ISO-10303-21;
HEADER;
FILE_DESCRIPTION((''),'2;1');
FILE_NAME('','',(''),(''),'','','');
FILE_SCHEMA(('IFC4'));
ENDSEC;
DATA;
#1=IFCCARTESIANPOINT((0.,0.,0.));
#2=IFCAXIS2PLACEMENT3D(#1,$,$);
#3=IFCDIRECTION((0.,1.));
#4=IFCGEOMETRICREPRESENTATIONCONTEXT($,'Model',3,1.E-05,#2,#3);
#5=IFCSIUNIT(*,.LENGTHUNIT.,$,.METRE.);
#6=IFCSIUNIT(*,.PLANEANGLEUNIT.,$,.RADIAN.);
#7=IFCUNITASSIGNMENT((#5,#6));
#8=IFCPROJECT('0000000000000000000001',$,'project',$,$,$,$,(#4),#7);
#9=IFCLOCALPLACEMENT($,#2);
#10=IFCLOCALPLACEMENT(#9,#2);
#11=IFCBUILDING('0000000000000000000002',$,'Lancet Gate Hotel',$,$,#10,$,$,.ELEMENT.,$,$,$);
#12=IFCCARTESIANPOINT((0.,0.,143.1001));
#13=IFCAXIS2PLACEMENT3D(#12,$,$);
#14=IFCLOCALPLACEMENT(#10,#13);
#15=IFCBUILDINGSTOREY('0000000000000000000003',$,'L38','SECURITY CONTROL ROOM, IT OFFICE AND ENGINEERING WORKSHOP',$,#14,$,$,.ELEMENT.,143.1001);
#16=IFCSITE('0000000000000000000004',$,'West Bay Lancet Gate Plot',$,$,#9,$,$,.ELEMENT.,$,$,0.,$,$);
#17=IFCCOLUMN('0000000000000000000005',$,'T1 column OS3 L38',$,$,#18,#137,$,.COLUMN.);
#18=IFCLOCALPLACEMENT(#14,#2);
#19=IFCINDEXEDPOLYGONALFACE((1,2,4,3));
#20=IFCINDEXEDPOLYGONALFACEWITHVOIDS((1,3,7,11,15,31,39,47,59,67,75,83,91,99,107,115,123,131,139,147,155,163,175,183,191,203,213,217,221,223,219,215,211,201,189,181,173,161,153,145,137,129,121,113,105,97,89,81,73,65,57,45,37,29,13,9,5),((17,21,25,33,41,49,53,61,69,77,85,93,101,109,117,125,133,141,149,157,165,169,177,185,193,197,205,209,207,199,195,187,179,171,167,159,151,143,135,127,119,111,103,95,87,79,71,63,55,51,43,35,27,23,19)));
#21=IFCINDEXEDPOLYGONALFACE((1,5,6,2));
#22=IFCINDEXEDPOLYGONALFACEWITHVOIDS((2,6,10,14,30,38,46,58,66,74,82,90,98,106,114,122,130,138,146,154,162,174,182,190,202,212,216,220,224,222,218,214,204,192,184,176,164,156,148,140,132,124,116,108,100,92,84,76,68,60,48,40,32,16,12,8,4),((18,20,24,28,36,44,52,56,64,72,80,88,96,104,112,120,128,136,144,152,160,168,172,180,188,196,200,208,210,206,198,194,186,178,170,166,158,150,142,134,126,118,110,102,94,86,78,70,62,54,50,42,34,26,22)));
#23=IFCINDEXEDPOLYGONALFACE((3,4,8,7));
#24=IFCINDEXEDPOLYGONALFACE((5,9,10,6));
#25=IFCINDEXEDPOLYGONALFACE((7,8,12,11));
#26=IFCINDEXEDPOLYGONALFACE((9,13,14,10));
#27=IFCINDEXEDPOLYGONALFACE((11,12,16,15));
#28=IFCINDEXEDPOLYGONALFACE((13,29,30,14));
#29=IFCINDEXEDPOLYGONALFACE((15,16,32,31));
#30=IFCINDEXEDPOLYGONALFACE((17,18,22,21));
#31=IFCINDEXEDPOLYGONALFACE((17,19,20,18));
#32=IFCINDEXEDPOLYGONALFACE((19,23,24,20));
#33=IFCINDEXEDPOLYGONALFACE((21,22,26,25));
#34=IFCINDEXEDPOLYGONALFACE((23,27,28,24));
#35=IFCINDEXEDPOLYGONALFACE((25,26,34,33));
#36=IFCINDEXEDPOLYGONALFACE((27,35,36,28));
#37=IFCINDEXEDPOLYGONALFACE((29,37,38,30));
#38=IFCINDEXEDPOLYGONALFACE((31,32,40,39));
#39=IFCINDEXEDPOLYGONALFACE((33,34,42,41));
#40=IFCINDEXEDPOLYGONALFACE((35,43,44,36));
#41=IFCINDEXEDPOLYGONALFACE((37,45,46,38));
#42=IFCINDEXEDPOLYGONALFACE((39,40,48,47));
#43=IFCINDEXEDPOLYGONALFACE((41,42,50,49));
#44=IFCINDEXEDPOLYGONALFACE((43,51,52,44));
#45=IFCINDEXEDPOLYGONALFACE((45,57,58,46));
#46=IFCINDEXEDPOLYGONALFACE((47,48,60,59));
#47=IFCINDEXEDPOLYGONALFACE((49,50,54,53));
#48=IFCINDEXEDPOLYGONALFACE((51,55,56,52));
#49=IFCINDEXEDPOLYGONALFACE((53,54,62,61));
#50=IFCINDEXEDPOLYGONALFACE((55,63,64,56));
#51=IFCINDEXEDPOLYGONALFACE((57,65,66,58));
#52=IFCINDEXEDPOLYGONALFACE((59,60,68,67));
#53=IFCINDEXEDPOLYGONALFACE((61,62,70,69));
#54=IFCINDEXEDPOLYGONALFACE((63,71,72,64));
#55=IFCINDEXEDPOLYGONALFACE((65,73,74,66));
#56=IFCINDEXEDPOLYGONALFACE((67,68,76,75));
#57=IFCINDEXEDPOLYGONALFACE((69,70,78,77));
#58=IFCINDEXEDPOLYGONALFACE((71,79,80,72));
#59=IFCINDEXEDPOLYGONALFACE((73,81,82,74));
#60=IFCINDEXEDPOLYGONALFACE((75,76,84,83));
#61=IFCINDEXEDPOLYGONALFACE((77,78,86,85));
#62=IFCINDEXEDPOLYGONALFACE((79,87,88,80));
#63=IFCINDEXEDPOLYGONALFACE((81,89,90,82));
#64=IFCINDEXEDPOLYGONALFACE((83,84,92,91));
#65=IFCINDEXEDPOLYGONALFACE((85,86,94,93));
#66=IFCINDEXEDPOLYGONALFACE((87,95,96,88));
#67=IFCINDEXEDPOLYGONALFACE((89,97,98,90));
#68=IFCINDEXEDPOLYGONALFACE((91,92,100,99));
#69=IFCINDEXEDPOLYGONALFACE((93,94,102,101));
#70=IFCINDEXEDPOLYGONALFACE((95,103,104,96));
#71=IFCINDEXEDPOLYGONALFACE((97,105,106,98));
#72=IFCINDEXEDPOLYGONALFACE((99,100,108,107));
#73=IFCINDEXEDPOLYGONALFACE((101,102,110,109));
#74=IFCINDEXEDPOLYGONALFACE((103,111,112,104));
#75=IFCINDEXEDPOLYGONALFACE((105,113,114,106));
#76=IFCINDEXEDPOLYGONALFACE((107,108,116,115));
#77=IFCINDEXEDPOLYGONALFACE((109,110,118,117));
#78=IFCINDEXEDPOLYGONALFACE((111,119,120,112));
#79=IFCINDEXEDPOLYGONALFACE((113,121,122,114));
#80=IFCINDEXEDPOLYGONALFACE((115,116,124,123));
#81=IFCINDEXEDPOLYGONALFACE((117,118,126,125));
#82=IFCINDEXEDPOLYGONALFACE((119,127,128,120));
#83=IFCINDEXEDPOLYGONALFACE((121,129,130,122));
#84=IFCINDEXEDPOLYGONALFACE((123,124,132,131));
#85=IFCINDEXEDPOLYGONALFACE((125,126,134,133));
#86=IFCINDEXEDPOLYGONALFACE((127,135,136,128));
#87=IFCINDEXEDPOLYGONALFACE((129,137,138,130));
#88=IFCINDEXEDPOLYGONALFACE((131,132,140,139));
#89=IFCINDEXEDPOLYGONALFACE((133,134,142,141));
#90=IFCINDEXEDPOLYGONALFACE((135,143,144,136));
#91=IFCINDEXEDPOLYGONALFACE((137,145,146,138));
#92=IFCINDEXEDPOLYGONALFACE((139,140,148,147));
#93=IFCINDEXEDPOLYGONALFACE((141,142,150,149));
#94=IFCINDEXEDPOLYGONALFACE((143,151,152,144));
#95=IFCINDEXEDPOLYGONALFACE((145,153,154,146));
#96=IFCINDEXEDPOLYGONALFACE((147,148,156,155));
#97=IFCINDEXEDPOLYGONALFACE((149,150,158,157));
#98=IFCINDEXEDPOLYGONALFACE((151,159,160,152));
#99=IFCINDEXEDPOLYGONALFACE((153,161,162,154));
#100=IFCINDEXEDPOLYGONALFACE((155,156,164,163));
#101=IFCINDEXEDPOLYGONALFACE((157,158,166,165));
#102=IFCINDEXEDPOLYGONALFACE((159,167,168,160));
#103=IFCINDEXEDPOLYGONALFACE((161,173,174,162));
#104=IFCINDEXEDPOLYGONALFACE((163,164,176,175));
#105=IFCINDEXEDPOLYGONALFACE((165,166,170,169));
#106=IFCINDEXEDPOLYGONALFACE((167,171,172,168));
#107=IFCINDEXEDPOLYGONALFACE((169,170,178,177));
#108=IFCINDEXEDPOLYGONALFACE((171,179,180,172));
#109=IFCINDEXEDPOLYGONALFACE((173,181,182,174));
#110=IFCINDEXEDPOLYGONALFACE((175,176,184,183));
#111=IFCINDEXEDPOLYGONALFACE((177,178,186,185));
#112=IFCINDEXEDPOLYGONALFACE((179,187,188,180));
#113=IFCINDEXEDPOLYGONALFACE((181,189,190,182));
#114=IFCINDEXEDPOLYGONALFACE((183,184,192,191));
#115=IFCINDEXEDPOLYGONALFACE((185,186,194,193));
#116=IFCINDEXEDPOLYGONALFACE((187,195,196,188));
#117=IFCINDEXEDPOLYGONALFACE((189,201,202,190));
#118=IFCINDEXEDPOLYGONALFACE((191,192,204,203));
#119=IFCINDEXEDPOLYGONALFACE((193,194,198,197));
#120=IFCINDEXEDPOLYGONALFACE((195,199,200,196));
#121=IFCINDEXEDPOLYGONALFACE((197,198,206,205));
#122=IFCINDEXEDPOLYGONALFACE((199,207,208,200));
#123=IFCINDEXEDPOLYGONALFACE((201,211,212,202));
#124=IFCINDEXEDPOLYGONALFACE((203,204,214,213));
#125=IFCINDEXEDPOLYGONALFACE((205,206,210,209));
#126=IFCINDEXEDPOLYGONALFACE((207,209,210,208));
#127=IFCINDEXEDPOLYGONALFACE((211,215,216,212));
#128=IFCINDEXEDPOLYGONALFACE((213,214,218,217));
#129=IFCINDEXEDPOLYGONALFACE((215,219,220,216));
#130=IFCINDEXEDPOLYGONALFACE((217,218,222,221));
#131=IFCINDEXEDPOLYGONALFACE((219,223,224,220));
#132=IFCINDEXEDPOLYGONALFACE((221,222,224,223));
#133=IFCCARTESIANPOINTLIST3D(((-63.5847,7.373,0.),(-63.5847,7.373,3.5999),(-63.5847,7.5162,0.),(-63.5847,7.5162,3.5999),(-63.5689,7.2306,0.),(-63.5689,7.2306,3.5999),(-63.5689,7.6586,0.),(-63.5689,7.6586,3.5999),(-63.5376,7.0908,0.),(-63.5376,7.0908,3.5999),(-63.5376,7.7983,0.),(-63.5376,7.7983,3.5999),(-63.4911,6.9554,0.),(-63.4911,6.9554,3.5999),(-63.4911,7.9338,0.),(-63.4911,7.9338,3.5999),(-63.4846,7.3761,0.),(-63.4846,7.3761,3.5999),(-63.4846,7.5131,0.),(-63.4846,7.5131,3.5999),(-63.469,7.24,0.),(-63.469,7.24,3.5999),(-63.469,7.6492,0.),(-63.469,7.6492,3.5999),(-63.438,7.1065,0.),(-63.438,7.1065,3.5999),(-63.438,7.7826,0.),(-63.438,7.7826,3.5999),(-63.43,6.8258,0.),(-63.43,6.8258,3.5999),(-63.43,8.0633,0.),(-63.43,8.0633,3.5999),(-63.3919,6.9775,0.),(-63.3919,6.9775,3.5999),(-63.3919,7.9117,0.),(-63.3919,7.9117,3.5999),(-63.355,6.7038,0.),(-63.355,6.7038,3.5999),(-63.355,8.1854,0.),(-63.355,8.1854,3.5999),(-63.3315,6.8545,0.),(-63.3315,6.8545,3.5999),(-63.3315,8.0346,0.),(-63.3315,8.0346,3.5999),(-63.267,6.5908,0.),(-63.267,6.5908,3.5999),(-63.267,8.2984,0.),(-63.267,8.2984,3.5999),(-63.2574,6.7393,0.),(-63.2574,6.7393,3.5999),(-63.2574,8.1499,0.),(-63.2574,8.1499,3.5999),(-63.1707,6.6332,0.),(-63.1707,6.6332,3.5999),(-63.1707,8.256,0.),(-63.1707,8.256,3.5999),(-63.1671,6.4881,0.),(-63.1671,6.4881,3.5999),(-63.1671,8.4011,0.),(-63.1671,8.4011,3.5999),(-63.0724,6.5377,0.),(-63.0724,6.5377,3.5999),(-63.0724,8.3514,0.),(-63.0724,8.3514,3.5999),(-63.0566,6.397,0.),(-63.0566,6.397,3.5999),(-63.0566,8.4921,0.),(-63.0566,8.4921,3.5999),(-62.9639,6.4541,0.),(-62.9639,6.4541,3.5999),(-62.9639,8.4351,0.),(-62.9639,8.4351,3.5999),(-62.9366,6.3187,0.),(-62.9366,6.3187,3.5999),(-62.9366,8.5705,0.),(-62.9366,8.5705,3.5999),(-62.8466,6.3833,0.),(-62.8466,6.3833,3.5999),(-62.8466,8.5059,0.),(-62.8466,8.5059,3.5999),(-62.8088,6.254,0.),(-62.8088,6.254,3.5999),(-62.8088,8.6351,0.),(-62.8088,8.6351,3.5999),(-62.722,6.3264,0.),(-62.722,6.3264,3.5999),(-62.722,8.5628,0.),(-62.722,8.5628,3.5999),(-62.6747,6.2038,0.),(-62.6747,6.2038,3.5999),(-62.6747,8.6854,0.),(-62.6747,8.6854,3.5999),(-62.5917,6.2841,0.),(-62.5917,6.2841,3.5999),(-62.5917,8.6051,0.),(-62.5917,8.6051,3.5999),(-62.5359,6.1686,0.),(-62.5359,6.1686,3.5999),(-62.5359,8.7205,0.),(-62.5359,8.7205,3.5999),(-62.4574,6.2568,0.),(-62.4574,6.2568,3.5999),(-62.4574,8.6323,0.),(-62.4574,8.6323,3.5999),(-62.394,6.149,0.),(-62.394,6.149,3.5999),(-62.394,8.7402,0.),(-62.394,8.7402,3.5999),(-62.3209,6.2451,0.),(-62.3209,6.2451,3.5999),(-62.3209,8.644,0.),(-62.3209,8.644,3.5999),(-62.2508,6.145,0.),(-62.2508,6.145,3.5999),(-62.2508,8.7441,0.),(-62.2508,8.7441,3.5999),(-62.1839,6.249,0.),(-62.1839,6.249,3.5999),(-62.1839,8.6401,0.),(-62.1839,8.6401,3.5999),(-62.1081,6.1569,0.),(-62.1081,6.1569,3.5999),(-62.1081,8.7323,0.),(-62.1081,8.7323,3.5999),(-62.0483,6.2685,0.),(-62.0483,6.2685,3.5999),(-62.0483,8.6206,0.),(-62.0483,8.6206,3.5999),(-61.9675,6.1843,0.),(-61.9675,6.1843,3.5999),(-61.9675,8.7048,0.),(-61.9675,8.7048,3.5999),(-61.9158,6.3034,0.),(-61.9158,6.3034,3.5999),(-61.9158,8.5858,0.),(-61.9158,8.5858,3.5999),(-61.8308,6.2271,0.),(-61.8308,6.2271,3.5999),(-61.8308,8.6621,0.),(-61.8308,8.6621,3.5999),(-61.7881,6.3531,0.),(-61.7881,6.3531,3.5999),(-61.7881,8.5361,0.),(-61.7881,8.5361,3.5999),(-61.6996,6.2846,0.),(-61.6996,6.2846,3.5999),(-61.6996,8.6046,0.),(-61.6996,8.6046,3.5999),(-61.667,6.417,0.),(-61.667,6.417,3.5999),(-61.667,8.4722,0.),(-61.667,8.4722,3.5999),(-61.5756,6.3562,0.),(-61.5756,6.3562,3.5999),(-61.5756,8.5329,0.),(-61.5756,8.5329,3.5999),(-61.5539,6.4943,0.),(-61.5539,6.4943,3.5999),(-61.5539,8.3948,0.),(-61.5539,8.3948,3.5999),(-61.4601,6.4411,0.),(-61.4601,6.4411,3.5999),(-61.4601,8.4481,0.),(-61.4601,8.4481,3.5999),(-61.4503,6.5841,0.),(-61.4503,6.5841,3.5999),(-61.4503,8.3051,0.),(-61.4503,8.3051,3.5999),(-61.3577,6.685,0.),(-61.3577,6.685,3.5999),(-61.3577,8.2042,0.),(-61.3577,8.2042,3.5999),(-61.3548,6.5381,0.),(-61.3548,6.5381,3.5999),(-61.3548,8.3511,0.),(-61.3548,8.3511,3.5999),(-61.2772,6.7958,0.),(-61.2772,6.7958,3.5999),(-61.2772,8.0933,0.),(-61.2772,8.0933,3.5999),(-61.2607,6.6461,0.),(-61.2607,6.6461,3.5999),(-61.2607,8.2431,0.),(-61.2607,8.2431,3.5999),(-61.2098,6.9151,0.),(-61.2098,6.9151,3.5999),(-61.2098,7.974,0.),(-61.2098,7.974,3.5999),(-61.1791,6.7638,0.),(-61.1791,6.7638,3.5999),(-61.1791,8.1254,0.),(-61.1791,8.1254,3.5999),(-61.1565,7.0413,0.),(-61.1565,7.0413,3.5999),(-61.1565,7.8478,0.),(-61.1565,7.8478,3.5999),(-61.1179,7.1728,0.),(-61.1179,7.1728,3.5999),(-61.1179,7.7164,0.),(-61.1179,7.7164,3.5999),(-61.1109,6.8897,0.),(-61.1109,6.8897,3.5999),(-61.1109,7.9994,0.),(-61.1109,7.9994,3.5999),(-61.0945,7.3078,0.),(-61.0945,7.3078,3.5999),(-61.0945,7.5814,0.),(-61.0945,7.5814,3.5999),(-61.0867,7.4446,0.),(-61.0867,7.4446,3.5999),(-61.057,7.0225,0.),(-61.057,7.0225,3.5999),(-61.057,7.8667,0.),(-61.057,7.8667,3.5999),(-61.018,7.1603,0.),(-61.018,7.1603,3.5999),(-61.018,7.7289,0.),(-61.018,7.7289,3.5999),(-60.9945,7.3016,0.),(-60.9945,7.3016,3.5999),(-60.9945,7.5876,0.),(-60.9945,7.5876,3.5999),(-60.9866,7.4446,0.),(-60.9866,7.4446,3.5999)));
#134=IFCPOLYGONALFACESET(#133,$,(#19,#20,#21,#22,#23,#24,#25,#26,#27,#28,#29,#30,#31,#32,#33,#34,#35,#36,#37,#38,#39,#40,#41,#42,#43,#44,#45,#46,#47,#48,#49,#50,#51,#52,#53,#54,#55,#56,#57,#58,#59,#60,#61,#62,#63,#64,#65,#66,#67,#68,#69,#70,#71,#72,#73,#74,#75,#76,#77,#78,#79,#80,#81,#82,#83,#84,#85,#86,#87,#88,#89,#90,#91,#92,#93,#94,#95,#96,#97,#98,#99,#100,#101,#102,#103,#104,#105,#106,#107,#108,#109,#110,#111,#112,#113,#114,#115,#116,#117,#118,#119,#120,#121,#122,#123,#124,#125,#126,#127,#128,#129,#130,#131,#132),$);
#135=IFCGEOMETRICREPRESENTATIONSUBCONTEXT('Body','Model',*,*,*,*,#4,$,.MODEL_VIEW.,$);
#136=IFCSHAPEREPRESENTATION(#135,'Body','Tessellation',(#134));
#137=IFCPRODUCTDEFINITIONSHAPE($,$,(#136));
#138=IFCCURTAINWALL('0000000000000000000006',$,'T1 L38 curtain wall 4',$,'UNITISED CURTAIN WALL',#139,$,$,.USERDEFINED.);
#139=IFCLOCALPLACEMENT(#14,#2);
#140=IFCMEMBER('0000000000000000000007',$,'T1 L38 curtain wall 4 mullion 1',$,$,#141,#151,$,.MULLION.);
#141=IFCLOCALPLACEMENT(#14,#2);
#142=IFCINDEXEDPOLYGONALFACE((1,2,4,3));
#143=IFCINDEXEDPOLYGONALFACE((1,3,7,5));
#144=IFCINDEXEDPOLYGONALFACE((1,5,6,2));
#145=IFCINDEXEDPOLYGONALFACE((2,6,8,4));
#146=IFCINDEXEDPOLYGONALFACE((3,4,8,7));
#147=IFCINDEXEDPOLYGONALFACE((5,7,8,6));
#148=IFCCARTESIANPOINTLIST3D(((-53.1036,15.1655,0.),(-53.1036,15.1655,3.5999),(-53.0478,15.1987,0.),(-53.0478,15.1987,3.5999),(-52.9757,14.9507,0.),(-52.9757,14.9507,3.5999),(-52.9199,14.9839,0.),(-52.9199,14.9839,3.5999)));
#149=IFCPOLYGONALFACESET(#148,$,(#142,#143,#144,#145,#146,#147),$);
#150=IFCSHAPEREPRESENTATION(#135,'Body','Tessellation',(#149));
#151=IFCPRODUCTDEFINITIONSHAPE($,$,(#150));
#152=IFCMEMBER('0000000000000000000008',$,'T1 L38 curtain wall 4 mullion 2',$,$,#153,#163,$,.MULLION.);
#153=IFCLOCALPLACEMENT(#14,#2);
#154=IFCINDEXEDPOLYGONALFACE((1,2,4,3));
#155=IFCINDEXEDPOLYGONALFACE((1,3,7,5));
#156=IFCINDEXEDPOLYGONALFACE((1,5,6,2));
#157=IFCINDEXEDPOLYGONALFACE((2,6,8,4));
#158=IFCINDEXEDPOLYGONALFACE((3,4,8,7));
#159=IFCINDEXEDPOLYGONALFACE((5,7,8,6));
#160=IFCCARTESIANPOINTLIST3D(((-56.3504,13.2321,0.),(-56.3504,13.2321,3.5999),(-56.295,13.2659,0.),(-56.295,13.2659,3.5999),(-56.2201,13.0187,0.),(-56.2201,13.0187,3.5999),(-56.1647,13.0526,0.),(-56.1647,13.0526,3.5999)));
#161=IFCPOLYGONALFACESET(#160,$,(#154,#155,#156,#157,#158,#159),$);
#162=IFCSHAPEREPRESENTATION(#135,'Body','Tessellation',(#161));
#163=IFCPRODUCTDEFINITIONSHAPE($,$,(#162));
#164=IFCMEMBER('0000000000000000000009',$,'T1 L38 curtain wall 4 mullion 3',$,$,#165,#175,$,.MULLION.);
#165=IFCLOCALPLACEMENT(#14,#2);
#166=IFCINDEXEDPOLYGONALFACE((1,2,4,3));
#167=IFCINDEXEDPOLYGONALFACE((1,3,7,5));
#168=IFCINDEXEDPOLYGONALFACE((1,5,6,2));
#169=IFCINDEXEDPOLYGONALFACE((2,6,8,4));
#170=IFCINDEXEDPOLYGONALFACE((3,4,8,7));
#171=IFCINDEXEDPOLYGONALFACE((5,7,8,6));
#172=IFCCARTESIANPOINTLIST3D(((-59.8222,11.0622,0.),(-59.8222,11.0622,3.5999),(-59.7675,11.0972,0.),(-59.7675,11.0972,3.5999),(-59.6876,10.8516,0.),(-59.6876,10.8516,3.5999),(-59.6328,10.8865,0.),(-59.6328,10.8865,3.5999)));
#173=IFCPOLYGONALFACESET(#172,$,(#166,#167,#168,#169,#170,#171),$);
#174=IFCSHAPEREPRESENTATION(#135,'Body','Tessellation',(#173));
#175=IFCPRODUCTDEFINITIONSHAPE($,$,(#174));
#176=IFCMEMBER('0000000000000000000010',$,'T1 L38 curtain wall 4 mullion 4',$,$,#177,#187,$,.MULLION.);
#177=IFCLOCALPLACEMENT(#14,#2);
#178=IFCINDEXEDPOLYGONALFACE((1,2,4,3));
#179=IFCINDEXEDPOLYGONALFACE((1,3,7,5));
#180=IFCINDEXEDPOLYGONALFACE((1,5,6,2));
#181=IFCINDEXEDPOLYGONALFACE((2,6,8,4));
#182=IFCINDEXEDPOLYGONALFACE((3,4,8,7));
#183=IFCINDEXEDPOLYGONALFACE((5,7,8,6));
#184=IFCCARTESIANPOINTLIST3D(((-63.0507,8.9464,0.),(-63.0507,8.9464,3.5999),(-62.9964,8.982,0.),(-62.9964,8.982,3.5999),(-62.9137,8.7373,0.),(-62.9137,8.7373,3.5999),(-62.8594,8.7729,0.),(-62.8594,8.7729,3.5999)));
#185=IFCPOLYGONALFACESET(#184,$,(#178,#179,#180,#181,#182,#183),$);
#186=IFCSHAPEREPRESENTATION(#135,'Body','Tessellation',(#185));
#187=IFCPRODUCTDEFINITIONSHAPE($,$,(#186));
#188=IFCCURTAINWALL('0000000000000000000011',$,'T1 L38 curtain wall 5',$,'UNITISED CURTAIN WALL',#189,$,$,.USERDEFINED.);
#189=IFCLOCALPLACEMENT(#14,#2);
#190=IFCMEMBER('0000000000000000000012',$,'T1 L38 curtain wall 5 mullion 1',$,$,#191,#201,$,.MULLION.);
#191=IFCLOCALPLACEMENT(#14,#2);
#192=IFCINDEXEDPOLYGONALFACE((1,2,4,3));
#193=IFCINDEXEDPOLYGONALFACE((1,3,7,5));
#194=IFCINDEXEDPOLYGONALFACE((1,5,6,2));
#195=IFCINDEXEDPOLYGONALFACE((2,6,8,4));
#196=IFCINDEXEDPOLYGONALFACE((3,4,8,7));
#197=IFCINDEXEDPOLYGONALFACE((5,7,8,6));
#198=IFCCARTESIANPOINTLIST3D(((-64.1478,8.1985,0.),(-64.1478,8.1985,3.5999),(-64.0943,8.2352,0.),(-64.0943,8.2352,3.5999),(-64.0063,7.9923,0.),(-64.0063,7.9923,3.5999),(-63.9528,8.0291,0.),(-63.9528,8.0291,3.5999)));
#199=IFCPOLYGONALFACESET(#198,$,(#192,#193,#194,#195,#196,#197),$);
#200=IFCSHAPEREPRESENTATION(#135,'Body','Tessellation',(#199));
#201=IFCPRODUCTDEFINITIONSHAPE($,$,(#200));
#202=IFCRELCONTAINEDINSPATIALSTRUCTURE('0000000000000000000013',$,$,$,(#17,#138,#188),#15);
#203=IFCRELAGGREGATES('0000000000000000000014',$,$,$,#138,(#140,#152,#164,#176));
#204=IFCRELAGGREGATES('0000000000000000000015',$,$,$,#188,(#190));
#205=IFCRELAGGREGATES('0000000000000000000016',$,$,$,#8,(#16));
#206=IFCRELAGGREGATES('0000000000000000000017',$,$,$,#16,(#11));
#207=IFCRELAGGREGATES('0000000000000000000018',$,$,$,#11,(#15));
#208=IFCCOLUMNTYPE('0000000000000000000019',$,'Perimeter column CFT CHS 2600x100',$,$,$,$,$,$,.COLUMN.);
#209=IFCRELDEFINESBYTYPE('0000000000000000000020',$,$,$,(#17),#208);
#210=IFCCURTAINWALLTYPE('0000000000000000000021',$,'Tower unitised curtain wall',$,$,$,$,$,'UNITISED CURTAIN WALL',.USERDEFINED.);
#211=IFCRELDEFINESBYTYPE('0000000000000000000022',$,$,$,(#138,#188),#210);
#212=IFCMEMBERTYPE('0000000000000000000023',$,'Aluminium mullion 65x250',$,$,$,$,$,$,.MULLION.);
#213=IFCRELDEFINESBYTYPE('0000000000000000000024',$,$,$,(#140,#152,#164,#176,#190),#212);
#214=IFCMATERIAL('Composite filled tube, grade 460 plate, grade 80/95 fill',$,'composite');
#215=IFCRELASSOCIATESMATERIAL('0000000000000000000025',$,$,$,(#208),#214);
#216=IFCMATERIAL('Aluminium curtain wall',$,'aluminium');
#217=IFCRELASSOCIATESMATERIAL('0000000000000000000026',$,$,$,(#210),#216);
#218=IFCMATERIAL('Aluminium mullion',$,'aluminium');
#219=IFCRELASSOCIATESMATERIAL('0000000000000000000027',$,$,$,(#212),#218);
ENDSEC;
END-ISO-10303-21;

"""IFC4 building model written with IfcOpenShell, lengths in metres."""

from ifc_helpers import new_model, si_unit, direction, frame, origin, origin_2d, place, context, subcontext, project, spatial, rectangle, hollow_circle, extrude, material, material_profile, profile_set, type_object, element, aggregate, save


model = new_model("IFC4")

# Units and contexts
model_context = context("Model", 3, precision=1e-05, world=origin(), true_north=direction((0.0, 1.0)))
body_context = subcontext(model_context, "Body", "Model", "MODEL_VIEW")
ifc_project = project(units=[si_unit("LENGTHUNIT", "METRE"), si_unit("PLANEANGLEUNIT", "RADIAN")], contexts=[model_context])

# Site, building, storey
site_placement = place(None, origin())
site = spatial("IfcSite", under=ifc_project, at=site_placement, Name="West Bay Lancet Gate Plot", CompositionType="ELEMENT", RefElevation=0.0)
building_placement = place(site_placement, origin())
building = spatial("IfcBuilding", under=site, at=building_placement, Name="Lancet Gate Hotel", CompositionType="ELEMENT")
storey_placement = place(building_placement, frame((0.0, 0.0, 143.1001)))
storey = spatial("IfcBuildingStorey", under=building, at=storey_placement, Name="L38", Description="SECURITY CONTROL ROOM, IT OFFICE AND ENGINEERING WORKSHOP", CompositionType="ELEMENT", Elevation=143.1001)

# Column
ifc_material_1 = material(Name="Composite filled tube, grade 460 plate, grade 80/95 fill", Category="composite")
ifc_material_profile_1 = material_profile(ifc_material_1, hollow_circle(Radius=1.3, WallThickness=0.1001, at=origin_2d()), Name="CHS 2600x100")
ifc_profile_set_1 = profile_set([ifc_material_profile_1], Name="Composite filled tube, grade 460 plate, grade 80/95 fill")
column_type = type_object("IfcColumnType", Name="Perimeter column CFT CHS 2600x100", PredefinedType="COLUMN", material=ifc_profile_set_1)
column_placement = place(storey_placement, frame((-62.2866, 7.4446, 0.0), z_axis=(0.0, 0.0, 1.0), x_axis=(1.0, 0.0, 0.0)))
element("IfcColumn", 1, at=column_placement, inside=storey, type_object=column_type, Name="T1 column OS3 L38", PredefinedType="COLUMN", context=body_context, shape_type="SweptSolid", body=[
    extrude(hollow_circle(Radius=1.3, WallThickness=0.1001, at=origin_2d()), origin(), (0.0, 0.0, 1.0), 3.5999),
])

# Curtain walls, members
ifc_material_2 = material(Name="Aluminium curtain wall", Category="aluminium")
curtain_wall_type = type_object("IfcCurtainWallType", Name="Tower unitised curtain wall", ElementType="UNITISED CURTAIN WALL", PredefinedType="USERDEFINED", material=ifc_material_2)
curtain_wall_1_placement = place(storey_placement, origin())
curtain_wall_1 = element("IfcCurtainWall", 2, at=curtain_wall_1_placement, inside=storey, type_object=curtain_wall_type, Name="T1 L38 curtain wall 4", ObjectType="UNITISED CURTAIN WALL", PredefinedType="USERDEFINED")
ifc_material_3 = material(Name="Aluminium mullion", Category="aluminium")
ifc_material_profile_2 = material_profile(ifc_material_3, rectangle(XDim=0.0649, YDim=0.25, at=origin_2d()), Name="MULLION 65x250")
ifc_profile_set_2 = profile_set([ifc_material_profile_2], Name="Aluminium mullion")
member_type_1 = type_object("IfcMemberType", Name="Aluminium mullion 65x250", PredefinedType="MULLION", material=ifc_profile_set_2)
member_1_placement = place(storey_placement, frame((-53.0117, 15.0747, 0.0), z_axis=(0.0, 0.0, 1.0), x_axis=(-0.859271, -0.51152, 0.0)))
member_1 = element("IfcMember", 3, at=member_1_placement, type_object=member_type_1, Name="T1 L38 curtain wall 4 mullion 1", PredefinedType="MULLION", context=body_context, shape_type="SweptSolid", body=[
    extrude(rectangle(XDim=0.0649, YDim=0.25, at=origin_2d()), origin(), (0.0, 0.0, 1.0), 3.5999),
])
member_2_placement = place(storey_placement, frame((-56.2576, 13.1423, 0.0), z_axis=(0.0, 0.0, 1.0), x_axis=(-0.853492, -0.521106, 0.0)))
member_2 = element("IfcMember", 4, at=member_2_placement, type_object=member_type_1, Name="T1 L38 curtain wall 4 mullion 2", PredefinedType="MULLION", context=body_context, shape_type="SweptSolid", body=[
    extrude(rectangle(XDim=0.0649, YDim=0.25, at=origin_2d()), origin(), (0.0, 0.0, 1.0), 3.5999),
])
member_3_placement = place(storey_placement, frame((-59.7275, 10.9744, 0.0), z_axis=(0.0, 0.0, 1.0), x_axis=(-0.842478, -0.538731, 0.0)))
member_3 = element("IfcMember", 5, at=member_3_placement, type_object=member_type_1, Name="T1 L38 curtain wall 4 mullion 3", PredefinedType="MULLION", context=body_context, shape_type="SweptSolid", body=[
    extrude(rectangle(XDim=0.0649, YDim=0.25, at=origin_2d()), origin(), (0.0, 0.0, 1.0), 3.5999),
])
member_4_placement = place(storey_placement, frame((-62.9551, 8.8596, 0.0), z_axis=(0.0, 0.0, 1.0), x_axis=(-0.836458, -0.548032, 0.0)))
member_4 = element("IfcMember", 6, at=member_4_placement, type_object=member_type_1, Name="T1 L38 curtain wall 4 mullion 4", PredefinedType="MULLION", context=body_context, shape_type="SweptSolid", body=[
    extrude(rectangle(XDim=0.0649, YDim=0.25, at=origin_2d()), origin(), (0.0, 0.0, 1.0), 3.5999),
])
curtain_wall_2_placement = place(storey_placement, origin())
curtain_wall_2 = element("IfcCurtainWall", 7, at=curtain_wall_2_placement, inside=storey, type_object=curtain_wall_type, Name="T1 L38 curtain wall 5", ObjectType="UNITISED CURTAIN WALL", PredefinedType="USERDEFINED")
member_5_placement = place(storey_placement, frame((-64.0503, 8.1138, 0.0), z_axis=(0.0, 0.0, 1.0), x_axis=(-0.824466, -0.565911, 0.0)))
member_5 = element("IfcMember", 8, at=member_5_placement, type_object=member_type_1, Name="T1 L38 curtain wall 5 mullion 1", PredefinedType="MULLION", context=body_context, shape_type="SweptSolid", body=[
    extrude(rectangle(XDim=0.0649, YDim=0.25, at=origin_2d()), origin(), (0.0, 0.0, 1.0), 3.5999),
])

aggregate(curtain_wall_1, [member_1, member_2, member_3, member_4])
aggregate(curtain_wall_2, [member_5])

save(model, "model.ifc")
